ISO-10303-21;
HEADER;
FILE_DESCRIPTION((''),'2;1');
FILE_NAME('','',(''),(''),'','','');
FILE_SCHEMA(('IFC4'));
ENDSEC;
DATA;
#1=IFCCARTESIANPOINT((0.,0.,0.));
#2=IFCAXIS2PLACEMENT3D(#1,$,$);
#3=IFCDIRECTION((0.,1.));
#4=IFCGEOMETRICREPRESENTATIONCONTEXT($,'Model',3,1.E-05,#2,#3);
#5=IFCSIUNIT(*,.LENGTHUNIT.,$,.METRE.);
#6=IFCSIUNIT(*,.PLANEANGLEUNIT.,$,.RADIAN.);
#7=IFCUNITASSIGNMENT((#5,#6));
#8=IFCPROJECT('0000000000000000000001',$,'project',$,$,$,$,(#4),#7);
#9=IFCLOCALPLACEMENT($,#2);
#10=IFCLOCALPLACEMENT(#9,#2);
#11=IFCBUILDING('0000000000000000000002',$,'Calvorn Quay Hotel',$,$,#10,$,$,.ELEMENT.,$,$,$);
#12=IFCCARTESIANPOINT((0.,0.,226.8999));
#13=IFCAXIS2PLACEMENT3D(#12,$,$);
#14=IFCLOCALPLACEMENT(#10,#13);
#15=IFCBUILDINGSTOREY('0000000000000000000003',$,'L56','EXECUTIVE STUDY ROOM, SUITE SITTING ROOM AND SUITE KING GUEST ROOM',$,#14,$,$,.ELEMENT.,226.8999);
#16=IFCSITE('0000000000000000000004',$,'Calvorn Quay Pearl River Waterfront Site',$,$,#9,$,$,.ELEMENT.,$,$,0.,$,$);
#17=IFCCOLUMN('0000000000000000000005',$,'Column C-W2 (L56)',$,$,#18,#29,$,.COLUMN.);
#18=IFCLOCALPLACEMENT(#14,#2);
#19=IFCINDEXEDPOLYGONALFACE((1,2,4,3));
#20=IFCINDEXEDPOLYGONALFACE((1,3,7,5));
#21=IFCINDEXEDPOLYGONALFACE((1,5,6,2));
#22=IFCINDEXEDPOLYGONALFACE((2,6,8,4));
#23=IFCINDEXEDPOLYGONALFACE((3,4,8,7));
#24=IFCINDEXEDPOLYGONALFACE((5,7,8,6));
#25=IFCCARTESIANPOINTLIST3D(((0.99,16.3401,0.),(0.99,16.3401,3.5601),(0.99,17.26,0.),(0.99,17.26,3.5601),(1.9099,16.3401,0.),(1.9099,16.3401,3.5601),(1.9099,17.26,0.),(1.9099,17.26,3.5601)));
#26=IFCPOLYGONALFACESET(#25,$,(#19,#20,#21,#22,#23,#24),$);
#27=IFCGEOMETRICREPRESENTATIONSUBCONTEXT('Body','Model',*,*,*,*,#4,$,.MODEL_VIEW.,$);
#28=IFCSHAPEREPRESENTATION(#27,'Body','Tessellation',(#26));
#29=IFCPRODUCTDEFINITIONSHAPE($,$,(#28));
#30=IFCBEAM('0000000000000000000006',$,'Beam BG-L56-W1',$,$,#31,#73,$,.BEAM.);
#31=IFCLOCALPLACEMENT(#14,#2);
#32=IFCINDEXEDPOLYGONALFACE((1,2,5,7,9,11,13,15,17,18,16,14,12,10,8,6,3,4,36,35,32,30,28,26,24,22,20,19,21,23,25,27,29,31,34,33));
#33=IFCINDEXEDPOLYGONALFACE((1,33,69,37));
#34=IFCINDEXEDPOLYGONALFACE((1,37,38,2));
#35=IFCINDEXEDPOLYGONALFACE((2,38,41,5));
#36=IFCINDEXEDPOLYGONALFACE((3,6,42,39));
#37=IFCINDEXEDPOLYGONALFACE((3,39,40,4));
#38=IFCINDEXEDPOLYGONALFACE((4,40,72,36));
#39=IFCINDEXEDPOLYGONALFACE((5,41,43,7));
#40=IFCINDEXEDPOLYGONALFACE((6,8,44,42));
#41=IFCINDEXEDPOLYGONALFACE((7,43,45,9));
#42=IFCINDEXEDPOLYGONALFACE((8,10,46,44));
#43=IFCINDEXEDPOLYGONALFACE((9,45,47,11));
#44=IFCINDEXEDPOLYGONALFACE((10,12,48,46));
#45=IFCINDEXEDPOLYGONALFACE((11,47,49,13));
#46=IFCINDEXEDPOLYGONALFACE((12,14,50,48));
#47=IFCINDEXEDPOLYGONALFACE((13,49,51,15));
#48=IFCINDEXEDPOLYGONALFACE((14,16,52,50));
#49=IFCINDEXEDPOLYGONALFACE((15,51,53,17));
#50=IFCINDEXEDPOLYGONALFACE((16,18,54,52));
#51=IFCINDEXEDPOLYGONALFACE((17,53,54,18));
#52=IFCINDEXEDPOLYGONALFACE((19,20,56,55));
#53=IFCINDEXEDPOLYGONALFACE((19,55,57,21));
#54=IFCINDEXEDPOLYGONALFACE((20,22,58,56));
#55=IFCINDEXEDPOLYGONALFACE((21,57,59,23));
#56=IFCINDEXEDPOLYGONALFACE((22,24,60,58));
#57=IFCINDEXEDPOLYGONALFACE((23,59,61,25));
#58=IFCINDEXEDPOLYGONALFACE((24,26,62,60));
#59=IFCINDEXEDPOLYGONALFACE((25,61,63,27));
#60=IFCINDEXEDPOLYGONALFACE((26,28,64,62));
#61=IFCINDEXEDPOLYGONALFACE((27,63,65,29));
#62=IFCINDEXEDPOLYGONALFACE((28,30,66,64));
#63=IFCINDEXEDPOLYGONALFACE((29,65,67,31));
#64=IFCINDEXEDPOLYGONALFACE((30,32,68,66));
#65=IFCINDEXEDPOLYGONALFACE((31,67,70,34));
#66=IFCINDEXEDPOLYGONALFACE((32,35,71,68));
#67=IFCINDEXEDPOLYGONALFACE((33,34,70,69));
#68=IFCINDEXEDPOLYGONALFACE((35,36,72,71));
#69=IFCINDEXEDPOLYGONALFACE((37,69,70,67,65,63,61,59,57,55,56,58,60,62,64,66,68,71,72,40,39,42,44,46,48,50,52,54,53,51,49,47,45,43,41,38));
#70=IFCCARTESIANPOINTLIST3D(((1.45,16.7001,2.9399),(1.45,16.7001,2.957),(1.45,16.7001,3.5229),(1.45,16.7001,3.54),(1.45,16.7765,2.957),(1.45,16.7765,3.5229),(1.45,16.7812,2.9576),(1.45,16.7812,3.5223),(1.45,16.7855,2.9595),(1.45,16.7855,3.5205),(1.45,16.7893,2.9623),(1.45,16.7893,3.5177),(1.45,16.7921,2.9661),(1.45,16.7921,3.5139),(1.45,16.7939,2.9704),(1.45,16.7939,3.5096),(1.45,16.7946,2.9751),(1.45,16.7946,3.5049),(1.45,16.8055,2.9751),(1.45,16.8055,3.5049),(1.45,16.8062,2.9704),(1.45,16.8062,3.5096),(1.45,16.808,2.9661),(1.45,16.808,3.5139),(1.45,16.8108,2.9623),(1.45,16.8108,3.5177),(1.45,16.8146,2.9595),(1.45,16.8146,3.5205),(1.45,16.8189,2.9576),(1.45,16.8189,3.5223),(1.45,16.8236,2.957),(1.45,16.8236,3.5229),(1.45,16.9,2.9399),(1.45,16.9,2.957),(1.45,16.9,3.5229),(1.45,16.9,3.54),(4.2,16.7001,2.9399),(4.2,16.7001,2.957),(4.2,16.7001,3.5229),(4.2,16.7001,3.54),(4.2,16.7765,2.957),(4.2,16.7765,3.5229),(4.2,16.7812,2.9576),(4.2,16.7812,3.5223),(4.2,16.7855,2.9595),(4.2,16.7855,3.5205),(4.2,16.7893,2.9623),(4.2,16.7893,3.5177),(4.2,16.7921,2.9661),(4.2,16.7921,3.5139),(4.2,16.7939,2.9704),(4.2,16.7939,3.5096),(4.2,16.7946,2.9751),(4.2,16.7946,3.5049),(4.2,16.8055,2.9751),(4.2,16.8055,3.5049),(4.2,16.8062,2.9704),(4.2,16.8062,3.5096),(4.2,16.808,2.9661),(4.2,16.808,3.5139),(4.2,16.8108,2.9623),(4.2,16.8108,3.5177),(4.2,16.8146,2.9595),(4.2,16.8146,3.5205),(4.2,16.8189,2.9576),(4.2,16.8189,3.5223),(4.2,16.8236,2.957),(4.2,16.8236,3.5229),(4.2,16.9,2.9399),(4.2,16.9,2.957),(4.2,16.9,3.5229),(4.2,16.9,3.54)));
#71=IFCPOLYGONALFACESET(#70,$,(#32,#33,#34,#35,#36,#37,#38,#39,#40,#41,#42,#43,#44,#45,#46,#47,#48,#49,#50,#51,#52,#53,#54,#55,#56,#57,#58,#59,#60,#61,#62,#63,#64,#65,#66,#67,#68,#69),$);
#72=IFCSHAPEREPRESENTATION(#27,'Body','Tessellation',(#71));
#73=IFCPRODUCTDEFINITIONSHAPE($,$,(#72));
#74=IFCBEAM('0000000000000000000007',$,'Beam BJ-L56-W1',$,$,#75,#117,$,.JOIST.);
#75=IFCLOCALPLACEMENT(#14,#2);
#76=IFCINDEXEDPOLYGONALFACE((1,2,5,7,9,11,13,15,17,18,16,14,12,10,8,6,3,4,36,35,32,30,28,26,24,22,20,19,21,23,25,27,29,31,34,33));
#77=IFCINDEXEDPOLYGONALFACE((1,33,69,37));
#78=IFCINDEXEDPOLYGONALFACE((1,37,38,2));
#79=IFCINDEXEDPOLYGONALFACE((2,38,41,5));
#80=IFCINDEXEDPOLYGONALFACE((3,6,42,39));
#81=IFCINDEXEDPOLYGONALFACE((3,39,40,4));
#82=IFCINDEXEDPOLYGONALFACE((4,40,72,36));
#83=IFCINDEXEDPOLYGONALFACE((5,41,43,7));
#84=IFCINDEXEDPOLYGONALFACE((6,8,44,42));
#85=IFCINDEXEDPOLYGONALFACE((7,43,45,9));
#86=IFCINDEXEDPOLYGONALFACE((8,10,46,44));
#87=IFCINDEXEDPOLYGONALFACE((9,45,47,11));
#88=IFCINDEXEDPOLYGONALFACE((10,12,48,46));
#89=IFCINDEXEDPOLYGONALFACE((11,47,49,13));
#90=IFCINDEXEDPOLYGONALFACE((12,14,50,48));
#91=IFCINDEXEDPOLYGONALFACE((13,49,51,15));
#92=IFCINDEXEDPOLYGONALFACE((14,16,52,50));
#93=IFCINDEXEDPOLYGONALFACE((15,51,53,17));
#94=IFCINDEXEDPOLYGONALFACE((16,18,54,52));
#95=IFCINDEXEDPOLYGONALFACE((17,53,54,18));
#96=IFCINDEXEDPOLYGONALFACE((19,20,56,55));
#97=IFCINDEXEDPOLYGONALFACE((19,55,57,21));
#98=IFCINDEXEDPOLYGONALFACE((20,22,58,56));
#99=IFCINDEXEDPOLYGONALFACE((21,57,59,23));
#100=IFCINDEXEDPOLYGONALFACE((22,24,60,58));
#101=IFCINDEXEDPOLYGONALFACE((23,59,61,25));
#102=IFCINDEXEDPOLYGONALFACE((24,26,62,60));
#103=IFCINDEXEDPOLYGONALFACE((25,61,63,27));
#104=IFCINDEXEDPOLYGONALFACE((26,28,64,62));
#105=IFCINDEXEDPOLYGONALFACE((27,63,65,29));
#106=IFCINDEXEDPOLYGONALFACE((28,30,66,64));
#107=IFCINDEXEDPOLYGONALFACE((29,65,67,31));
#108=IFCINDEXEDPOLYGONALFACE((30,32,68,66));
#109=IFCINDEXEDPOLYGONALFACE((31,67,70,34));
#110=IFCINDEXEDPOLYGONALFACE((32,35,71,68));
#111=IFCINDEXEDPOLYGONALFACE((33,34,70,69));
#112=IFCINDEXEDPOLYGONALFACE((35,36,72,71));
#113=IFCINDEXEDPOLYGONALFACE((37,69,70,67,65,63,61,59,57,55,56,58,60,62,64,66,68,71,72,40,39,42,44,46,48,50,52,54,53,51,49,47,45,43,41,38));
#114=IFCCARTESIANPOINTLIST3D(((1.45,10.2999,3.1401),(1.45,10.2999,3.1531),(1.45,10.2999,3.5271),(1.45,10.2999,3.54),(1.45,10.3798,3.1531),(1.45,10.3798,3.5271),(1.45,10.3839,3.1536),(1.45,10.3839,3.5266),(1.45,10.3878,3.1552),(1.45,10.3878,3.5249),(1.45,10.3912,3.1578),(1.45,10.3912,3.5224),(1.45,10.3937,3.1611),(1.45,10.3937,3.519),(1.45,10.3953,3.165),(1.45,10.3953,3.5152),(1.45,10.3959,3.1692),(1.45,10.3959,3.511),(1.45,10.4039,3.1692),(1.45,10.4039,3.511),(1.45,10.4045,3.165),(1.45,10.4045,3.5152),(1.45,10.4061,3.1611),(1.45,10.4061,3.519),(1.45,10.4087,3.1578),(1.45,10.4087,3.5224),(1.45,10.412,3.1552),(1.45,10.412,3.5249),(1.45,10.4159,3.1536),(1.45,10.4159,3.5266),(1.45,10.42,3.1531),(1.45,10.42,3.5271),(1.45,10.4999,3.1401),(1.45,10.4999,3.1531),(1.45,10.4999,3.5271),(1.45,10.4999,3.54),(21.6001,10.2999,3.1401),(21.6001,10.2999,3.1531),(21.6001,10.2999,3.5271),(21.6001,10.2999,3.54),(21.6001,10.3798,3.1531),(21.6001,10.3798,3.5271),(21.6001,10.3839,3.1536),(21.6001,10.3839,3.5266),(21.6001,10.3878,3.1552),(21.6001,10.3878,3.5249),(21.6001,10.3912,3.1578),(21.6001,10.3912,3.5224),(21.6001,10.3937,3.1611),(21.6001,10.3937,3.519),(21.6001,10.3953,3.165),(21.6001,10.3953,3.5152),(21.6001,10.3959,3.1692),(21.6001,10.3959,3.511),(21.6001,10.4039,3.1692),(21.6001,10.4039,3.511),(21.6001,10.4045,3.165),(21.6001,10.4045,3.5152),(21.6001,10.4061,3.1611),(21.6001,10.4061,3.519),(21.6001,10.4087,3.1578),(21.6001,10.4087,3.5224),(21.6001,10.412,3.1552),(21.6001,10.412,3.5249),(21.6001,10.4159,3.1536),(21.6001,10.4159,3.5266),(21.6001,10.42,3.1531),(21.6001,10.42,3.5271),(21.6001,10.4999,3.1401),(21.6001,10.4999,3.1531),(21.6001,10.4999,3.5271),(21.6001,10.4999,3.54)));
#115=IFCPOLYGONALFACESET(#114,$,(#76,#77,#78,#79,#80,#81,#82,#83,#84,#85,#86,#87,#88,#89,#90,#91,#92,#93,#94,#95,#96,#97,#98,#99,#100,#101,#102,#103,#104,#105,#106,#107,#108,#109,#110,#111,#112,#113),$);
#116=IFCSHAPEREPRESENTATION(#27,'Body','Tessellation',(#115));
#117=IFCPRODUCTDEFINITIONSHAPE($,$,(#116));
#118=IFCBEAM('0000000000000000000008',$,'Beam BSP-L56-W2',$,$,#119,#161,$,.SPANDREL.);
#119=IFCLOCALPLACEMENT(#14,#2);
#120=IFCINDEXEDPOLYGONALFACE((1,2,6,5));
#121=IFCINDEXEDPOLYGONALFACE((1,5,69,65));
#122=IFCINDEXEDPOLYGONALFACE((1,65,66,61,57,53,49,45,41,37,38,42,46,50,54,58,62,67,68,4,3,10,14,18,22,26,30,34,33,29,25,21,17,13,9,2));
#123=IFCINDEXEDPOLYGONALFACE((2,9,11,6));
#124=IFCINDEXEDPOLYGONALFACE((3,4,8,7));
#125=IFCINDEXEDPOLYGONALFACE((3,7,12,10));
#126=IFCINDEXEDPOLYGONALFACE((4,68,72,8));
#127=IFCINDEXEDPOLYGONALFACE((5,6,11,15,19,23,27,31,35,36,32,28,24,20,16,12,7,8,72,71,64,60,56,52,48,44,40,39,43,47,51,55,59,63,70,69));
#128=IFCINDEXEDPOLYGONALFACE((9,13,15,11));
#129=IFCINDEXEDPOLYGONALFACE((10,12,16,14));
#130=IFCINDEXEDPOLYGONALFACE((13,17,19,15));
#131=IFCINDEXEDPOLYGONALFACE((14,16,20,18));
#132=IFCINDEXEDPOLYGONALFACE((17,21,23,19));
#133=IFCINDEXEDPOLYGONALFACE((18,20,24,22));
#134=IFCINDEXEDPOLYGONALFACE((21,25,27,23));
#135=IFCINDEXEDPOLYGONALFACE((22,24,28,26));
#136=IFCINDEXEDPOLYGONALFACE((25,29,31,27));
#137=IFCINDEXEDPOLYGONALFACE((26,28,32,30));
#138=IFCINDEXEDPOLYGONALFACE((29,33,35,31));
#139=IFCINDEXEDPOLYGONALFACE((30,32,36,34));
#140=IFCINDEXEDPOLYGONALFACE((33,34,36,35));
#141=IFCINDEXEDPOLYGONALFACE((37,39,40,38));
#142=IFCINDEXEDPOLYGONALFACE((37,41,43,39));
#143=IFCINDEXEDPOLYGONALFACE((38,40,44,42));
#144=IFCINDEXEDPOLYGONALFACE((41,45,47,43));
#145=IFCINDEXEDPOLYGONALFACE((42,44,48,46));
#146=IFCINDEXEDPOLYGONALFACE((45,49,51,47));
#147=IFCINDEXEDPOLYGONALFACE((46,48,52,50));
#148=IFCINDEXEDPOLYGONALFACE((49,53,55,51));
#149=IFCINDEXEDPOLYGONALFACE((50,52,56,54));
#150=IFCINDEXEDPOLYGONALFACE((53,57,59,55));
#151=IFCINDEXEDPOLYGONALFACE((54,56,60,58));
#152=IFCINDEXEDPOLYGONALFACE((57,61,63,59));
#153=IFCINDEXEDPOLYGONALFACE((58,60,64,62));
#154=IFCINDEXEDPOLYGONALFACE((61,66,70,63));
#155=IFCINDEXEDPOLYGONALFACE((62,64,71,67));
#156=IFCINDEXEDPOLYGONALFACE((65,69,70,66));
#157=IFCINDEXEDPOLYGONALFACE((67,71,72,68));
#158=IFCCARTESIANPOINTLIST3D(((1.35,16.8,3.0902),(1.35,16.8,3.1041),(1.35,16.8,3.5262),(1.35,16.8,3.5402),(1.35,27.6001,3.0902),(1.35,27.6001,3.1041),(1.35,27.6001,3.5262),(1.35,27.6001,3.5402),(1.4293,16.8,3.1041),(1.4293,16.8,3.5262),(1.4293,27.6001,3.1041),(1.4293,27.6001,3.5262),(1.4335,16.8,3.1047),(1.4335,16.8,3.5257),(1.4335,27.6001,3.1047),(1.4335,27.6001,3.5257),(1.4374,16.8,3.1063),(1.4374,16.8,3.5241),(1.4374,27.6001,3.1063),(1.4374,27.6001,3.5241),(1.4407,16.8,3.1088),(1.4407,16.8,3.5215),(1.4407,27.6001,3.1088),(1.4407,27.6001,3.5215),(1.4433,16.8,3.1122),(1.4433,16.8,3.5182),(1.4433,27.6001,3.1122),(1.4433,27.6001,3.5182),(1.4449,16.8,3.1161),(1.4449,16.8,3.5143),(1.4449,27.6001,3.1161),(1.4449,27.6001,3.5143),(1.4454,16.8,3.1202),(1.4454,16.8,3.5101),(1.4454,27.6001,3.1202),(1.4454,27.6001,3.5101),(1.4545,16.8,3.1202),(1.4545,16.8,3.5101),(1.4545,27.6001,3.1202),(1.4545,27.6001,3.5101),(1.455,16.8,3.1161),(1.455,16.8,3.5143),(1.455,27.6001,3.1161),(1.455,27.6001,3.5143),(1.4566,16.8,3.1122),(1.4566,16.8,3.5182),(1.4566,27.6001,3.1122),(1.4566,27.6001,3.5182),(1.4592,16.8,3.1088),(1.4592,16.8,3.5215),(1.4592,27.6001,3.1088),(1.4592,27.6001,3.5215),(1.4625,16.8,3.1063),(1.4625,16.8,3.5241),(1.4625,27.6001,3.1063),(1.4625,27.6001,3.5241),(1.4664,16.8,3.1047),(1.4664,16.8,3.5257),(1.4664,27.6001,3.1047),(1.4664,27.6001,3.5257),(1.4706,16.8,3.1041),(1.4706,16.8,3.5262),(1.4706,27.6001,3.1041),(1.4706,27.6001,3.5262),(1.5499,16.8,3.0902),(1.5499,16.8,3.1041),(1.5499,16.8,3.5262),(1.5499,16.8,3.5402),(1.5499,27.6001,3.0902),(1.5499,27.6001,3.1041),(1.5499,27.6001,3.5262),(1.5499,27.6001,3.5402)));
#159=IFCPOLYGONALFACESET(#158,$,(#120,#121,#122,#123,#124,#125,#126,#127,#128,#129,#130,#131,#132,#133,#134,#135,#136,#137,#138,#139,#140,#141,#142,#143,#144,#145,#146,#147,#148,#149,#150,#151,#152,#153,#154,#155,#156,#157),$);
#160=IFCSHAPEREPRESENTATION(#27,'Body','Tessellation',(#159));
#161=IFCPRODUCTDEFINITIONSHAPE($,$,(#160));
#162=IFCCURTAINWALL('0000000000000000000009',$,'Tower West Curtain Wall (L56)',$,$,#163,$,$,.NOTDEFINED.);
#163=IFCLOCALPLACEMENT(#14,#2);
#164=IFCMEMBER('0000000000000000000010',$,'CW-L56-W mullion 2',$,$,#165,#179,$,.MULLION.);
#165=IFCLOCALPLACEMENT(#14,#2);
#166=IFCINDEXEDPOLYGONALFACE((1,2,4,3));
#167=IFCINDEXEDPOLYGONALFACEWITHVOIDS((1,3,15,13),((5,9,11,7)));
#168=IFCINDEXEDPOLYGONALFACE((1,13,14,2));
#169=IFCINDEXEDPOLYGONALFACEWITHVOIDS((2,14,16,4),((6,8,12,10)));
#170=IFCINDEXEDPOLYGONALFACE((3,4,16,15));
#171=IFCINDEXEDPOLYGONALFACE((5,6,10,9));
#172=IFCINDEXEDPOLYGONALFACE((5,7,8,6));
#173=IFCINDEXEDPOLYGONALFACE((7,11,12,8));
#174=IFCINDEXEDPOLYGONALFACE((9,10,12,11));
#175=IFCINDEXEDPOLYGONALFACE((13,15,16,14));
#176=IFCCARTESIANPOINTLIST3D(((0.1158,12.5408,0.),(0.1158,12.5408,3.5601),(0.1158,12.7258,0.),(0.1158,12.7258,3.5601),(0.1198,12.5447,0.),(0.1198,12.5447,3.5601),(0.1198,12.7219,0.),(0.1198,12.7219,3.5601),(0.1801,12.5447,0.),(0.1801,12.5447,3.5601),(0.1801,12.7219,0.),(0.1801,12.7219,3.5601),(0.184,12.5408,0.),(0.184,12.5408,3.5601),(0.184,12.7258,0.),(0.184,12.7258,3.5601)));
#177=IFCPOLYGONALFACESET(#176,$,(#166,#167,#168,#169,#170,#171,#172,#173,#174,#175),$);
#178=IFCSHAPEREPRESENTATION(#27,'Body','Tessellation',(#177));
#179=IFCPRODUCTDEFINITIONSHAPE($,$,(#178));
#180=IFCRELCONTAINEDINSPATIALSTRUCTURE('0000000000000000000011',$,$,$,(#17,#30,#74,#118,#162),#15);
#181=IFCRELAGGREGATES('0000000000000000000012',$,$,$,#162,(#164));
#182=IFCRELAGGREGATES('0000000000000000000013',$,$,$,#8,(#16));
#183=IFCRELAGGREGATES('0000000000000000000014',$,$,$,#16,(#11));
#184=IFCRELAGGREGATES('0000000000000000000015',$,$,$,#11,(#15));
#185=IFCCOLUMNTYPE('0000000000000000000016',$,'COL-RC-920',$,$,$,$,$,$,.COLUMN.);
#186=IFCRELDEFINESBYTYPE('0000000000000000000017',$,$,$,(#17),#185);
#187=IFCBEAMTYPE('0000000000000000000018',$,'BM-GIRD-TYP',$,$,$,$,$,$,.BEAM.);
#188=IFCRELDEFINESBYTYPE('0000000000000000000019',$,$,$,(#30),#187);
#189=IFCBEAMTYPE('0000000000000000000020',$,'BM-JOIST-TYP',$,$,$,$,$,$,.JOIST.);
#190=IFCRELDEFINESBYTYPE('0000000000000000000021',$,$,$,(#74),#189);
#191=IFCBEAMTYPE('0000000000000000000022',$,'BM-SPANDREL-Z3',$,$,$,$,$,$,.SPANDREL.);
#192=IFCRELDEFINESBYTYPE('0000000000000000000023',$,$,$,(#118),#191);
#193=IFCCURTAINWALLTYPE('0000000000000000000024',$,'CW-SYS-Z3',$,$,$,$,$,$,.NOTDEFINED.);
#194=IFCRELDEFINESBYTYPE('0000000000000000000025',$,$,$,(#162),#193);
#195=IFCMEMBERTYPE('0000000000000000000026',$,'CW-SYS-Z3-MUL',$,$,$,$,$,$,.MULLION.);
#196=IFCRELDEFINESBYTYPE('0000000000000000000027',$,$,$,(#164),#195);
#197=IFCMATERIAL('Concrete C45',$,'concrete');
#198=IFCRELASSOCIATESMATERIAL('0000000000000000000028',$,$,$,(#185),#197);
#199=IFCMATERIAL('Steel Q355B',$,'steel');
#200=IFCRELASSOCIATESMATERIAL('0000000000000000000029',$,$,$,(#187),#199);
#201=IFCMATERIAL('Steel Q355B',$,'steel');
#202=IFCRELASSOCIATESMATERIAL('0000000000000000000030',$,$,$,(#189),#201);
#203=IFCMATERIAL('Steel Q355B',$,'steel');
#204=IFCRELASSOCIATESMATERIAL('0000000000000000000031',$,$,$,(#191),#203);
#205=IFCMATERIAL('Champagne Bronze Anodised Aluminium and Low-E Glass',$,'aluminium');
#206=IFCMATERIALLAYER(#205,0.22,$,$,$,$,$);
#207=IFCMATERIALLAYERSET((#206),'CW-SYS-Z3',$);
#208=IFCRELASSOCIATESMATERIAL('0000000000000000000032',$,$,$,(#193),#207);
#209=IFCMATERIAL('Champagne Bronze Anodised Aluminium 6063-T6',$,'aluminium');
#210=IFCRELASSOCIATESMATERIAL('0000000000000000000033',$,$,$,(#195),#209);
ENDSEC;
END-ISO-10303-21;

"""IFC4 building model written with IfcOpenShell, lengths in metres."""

from ifc_helpers import new_model, si_unit, direction, frame, origin, origin_2d, place, context, subcontext, project, spatial, rectangle, hollow_rectangle, i_section, extrude, material, layer, layer_set, material_profile, profile_set, type_object, element, aggregate, save


model = new_model("IFC4")

# Units and contexts
model_context = context("Model", 3, precision=1e-05, world=origin(), true_north=direction((0.0, 1.0)))
body_context = subcontext(model_context, "Body", "Model", "MODEL_VIEW")
ifc_project = project(units=[si_unit("LENGTHUNIT", "METRE"), si_unit("PLANEANGLEUNIT", "RADIAN")], contexts=[model_context])

# Site, building, storey
site_placement = place(None, origin())
site = spatial("IfcSite", under=ifc_project, at=site_placement, Name="Calvorn Quay Pearl River Waterfront Site", CompositionType="ELEMENT", RefElevation=0.0)
building_placement = place(site_placement, origin())
building = spatial("IfcBuilding", under=site, at=building_placement, Name="Calvorn Quay Hotel", CompositionType="ELEMENT")
storey_placement = place(building_placement, frame((0.0, 0.0, 226.8999)))
storey = spatial("IfcBuildingStorey", under=building, at=storey_placement, Name="L56", Description="EXECUTIVE STUDY ROOM, SUITE SITTING ROOM AND SUITE KING GUEST ROOM", CompositionType="ELEMENT", Elevation=226.8999)

# Column
ifc_material_1 = material(Name="Concrete C45", Category="concrete")
ifc_material_profile_1 = material_profile(ifc_material_1, rectangle(XDim=0.9199, YDim=0.9199, at=origin_2d()), Name="RC920x920")
ifc_profile_set_1 = profile_set([ifc_material_profile_1], Name="Concrete C45")
column_type = type_object("IfcColumnType", Name="COL-RC-920", PredefinedType="COLUMN", material=ifc_profile_set_1)
column_placement = place(storey_placement, frame((1.45, 16.8, 0.0), z_axis=(0.0, 0.0, 1.0), x_axis=(1.0, 0.0, 0.0)))
element("IfcColumn", 1, at=column_placement, inside=storey, type_object=column_type, Name="Column C-W2 (L56)", PredefinedType="COLUMN", context=body_context, shape_type="SweptSolid", body=[
    extrude(rectangle(XDim=0.9199, YDim=0.9199, at=origin_2d()), origin(), (0.0, 0.0, 1.0), 3.5601),
])

# Beams
ifc_material_2 = material(Name="Steel Q355B", Category="steel")
ifc_material_profile_2 = material_profile(ifc_material_2, i_section(OverallWidth=0.2, OverallDepth=0.6001, WebThickness=0.011, FlangeThickness=0.0171, FilletRadius=0.0181, at=origin_2d()), Name="HN600x200x11x17")
ifc_profile_set_2 = profile_set([ifc_material_profile_2], Name="Steel Q355B")
beam_type_1 = type_object("IfcBeamType", Name="BM-GIRD-TYP", PredefinedType="BEAM", material=ifc_profile_set_2)
beam_1_placement = place(storey_placement, frame((1.45, 16.8, 3.24), z_axis=(1.0, 0.0, 0.0), x_axis=(0.0, 1.0, 0.0)))
element("IfcBeam", 2, at=beam_1_placement, inside=storey, type_object=beam_type_1, Name="Beam BG-L56-W1", PredefinedType="BEAM", context=body_context, shape_type="SweptSolid", body=[
    extrude(i_section(OverallWidth=0.2, OverallDepth=0.6001, WebThickness=0.011, FlangeThickness=0.0171, FilletRadius=0.0181, at=origin_2d()), origin(), (0.0, 0.0, 1.0), 2.75),
])
ifc_material_3 = material(Name="Steel Q355B", Category="steel")
ifc_material_profile_3 = material_profile(ifc_material_3, i_section(OverallWidth=0.2, OverallDepth=0.3999, WebThickness=0.0081, FlangeThickness=0.0129, FilletRadius=0.0161, at=origin_2d()), Name="HN400x200x8x13")
ifc_profile_set_3 = profile_set([ifc_material_profile_3], Name="Steel Q355B")
beam_type_2 = type_object("IfcBeamType", Name="BM-JOIST-TYP", PredefinedType="JOIST", material=ifc_profile_set_3)
beam_2_placement = place(storey_placement, frame((1.45, 10.3999, 3.3401), z_axis=(1.0, 0.0, 0.0), x_axis=(0.0, 1.0, 0.0)))
element("IfcBeam", 3, at=beam_2_placement, inside=storey, type_object=beam_type_2, Name="Beam BJ-L56-W1", PredefinedType="JOIST", context=body_context, shape_type="SweptSolid", body=[
    extrude(i_section(OverallWidth=0.2, OverallDepth=0.3999, WebThickness=0.0081, FlangeThickness=0.0129, FilletRadius=0.0161, at=origin_2d()), origin(), (0.0, 0.0, 1.0), 20.1501),
])
ifc_material_4 = material(Name="Steel Q355B", Category="steel")
ifc_material_profile_4 = material_profile(ifc_material_4, i_section(OverallWidth=0.2, OverallDepth=0.45, WebThickness=0.009, FlangeThickness=0.0139, FilletRadius=0.0161, at=origin_2d()), Name="HN450x200x9x14")
ifc_profile_set_4 = profile_set([ifc_material_profile_4], Name="Steel Q355B")
beam_type_3 = type_object("IfcBeamType", Name="BM-SPANDREL-Z3", PredefinedType="SPANDREL", material=ifc_profile_set_4)
beam_3_placement = place(storey_placement, frame((1.45, 16.8, 3.3152), z_axis=(0.0, 1.0, 0.0), x_axis=(-1.0, 0.0, 0.0)))
element("IfcBeam", 4, at=beam_3_placement, inside=storey, type_object=beam_type_3, Name="Beam BSP-L56-W2", PredefinedType="SPANDREL", context=body_context, shape_type="SweptSolid", body=[
    extrude(i_section(OverallWidth=0.2, OverallDepth=0.45, WebThickness=0.009, FlangeThickness=0.0139, FilletRadius=0.0161, at=origin_2d()), origin(), (0.0, 0.0, 1.0), 10.8),
])

# Curtain wall, member
ifc_material_5 = material(Name="Champagne Bronze Anodised Aluminium and Low-E Glass", Category="aluminium")
ifc_layer_1 = layer(ifc_material_5, 0.22)
ifc_layer_set_1 = layer_set([ifc_layer_1], Name="CW-SYS-Z3")
curtain_wall_type = type_object("IfcCurtainWallType", Name="CW-SYS-Z3", PredefinedType="NOTDEFINED", material=ifc_layer_set_1)
curtain_wall_placement = place(storey_placement, origin())
curtain_wall = element("IfcCurtainWall", 5, at=curtain_wall_placement, inside=storey, type_object=curtain_wall_type, Name="Tower West Curtain Wall (L56)", PredefinedType="NOTDEFINED")
ifc_material_6 = material(Name="Champagne Bronze Anodised Aluminium 6063-T6", Category="aluminium")
ifc_material_profile_5 = material_profile(ifc_material_6, hollow_rectangle(XDim=0.0681, YDim=0.1851, WallThickness=0.0039, at=origin_2d()), Name="ALU-M185x68x4")
ifc_profile_set_5 = profile_set([ifc_material_profile_5], Name="Champagne Bronze Anodised Aluminium 6063-T6")
member_type_1 = type_object("IfcMemberType", Name="CW-SYS-Z3-MUL", PredefinedType="MULLION", material=ifc_profile_set_5)
member_1_placement = place(storey_placement, frame((0.1499, 12.6333, 0.0), z_axis=(0.0, 0.0, 1.0), x_axis=(-1.0, 0.0, 0.0)))
member_1 = element("IfcMember", 6, at=member_1_placement, type_object=member_type_1, Name="CW-L56-W mullion 2", PredefinedType="MULLION", context=body_context, shape_type="SweptSolid", body=[
    extrude(hollow_rectangle(XDim=0.0681, YDim=0.1851, WallThickness=0.0039, at=origin_2d()), origin(), (0.0, 0.0, 1.0), 3.5601),
])
aggregate(curtain_wall, [member_1])

save(model, "model.ifc")
